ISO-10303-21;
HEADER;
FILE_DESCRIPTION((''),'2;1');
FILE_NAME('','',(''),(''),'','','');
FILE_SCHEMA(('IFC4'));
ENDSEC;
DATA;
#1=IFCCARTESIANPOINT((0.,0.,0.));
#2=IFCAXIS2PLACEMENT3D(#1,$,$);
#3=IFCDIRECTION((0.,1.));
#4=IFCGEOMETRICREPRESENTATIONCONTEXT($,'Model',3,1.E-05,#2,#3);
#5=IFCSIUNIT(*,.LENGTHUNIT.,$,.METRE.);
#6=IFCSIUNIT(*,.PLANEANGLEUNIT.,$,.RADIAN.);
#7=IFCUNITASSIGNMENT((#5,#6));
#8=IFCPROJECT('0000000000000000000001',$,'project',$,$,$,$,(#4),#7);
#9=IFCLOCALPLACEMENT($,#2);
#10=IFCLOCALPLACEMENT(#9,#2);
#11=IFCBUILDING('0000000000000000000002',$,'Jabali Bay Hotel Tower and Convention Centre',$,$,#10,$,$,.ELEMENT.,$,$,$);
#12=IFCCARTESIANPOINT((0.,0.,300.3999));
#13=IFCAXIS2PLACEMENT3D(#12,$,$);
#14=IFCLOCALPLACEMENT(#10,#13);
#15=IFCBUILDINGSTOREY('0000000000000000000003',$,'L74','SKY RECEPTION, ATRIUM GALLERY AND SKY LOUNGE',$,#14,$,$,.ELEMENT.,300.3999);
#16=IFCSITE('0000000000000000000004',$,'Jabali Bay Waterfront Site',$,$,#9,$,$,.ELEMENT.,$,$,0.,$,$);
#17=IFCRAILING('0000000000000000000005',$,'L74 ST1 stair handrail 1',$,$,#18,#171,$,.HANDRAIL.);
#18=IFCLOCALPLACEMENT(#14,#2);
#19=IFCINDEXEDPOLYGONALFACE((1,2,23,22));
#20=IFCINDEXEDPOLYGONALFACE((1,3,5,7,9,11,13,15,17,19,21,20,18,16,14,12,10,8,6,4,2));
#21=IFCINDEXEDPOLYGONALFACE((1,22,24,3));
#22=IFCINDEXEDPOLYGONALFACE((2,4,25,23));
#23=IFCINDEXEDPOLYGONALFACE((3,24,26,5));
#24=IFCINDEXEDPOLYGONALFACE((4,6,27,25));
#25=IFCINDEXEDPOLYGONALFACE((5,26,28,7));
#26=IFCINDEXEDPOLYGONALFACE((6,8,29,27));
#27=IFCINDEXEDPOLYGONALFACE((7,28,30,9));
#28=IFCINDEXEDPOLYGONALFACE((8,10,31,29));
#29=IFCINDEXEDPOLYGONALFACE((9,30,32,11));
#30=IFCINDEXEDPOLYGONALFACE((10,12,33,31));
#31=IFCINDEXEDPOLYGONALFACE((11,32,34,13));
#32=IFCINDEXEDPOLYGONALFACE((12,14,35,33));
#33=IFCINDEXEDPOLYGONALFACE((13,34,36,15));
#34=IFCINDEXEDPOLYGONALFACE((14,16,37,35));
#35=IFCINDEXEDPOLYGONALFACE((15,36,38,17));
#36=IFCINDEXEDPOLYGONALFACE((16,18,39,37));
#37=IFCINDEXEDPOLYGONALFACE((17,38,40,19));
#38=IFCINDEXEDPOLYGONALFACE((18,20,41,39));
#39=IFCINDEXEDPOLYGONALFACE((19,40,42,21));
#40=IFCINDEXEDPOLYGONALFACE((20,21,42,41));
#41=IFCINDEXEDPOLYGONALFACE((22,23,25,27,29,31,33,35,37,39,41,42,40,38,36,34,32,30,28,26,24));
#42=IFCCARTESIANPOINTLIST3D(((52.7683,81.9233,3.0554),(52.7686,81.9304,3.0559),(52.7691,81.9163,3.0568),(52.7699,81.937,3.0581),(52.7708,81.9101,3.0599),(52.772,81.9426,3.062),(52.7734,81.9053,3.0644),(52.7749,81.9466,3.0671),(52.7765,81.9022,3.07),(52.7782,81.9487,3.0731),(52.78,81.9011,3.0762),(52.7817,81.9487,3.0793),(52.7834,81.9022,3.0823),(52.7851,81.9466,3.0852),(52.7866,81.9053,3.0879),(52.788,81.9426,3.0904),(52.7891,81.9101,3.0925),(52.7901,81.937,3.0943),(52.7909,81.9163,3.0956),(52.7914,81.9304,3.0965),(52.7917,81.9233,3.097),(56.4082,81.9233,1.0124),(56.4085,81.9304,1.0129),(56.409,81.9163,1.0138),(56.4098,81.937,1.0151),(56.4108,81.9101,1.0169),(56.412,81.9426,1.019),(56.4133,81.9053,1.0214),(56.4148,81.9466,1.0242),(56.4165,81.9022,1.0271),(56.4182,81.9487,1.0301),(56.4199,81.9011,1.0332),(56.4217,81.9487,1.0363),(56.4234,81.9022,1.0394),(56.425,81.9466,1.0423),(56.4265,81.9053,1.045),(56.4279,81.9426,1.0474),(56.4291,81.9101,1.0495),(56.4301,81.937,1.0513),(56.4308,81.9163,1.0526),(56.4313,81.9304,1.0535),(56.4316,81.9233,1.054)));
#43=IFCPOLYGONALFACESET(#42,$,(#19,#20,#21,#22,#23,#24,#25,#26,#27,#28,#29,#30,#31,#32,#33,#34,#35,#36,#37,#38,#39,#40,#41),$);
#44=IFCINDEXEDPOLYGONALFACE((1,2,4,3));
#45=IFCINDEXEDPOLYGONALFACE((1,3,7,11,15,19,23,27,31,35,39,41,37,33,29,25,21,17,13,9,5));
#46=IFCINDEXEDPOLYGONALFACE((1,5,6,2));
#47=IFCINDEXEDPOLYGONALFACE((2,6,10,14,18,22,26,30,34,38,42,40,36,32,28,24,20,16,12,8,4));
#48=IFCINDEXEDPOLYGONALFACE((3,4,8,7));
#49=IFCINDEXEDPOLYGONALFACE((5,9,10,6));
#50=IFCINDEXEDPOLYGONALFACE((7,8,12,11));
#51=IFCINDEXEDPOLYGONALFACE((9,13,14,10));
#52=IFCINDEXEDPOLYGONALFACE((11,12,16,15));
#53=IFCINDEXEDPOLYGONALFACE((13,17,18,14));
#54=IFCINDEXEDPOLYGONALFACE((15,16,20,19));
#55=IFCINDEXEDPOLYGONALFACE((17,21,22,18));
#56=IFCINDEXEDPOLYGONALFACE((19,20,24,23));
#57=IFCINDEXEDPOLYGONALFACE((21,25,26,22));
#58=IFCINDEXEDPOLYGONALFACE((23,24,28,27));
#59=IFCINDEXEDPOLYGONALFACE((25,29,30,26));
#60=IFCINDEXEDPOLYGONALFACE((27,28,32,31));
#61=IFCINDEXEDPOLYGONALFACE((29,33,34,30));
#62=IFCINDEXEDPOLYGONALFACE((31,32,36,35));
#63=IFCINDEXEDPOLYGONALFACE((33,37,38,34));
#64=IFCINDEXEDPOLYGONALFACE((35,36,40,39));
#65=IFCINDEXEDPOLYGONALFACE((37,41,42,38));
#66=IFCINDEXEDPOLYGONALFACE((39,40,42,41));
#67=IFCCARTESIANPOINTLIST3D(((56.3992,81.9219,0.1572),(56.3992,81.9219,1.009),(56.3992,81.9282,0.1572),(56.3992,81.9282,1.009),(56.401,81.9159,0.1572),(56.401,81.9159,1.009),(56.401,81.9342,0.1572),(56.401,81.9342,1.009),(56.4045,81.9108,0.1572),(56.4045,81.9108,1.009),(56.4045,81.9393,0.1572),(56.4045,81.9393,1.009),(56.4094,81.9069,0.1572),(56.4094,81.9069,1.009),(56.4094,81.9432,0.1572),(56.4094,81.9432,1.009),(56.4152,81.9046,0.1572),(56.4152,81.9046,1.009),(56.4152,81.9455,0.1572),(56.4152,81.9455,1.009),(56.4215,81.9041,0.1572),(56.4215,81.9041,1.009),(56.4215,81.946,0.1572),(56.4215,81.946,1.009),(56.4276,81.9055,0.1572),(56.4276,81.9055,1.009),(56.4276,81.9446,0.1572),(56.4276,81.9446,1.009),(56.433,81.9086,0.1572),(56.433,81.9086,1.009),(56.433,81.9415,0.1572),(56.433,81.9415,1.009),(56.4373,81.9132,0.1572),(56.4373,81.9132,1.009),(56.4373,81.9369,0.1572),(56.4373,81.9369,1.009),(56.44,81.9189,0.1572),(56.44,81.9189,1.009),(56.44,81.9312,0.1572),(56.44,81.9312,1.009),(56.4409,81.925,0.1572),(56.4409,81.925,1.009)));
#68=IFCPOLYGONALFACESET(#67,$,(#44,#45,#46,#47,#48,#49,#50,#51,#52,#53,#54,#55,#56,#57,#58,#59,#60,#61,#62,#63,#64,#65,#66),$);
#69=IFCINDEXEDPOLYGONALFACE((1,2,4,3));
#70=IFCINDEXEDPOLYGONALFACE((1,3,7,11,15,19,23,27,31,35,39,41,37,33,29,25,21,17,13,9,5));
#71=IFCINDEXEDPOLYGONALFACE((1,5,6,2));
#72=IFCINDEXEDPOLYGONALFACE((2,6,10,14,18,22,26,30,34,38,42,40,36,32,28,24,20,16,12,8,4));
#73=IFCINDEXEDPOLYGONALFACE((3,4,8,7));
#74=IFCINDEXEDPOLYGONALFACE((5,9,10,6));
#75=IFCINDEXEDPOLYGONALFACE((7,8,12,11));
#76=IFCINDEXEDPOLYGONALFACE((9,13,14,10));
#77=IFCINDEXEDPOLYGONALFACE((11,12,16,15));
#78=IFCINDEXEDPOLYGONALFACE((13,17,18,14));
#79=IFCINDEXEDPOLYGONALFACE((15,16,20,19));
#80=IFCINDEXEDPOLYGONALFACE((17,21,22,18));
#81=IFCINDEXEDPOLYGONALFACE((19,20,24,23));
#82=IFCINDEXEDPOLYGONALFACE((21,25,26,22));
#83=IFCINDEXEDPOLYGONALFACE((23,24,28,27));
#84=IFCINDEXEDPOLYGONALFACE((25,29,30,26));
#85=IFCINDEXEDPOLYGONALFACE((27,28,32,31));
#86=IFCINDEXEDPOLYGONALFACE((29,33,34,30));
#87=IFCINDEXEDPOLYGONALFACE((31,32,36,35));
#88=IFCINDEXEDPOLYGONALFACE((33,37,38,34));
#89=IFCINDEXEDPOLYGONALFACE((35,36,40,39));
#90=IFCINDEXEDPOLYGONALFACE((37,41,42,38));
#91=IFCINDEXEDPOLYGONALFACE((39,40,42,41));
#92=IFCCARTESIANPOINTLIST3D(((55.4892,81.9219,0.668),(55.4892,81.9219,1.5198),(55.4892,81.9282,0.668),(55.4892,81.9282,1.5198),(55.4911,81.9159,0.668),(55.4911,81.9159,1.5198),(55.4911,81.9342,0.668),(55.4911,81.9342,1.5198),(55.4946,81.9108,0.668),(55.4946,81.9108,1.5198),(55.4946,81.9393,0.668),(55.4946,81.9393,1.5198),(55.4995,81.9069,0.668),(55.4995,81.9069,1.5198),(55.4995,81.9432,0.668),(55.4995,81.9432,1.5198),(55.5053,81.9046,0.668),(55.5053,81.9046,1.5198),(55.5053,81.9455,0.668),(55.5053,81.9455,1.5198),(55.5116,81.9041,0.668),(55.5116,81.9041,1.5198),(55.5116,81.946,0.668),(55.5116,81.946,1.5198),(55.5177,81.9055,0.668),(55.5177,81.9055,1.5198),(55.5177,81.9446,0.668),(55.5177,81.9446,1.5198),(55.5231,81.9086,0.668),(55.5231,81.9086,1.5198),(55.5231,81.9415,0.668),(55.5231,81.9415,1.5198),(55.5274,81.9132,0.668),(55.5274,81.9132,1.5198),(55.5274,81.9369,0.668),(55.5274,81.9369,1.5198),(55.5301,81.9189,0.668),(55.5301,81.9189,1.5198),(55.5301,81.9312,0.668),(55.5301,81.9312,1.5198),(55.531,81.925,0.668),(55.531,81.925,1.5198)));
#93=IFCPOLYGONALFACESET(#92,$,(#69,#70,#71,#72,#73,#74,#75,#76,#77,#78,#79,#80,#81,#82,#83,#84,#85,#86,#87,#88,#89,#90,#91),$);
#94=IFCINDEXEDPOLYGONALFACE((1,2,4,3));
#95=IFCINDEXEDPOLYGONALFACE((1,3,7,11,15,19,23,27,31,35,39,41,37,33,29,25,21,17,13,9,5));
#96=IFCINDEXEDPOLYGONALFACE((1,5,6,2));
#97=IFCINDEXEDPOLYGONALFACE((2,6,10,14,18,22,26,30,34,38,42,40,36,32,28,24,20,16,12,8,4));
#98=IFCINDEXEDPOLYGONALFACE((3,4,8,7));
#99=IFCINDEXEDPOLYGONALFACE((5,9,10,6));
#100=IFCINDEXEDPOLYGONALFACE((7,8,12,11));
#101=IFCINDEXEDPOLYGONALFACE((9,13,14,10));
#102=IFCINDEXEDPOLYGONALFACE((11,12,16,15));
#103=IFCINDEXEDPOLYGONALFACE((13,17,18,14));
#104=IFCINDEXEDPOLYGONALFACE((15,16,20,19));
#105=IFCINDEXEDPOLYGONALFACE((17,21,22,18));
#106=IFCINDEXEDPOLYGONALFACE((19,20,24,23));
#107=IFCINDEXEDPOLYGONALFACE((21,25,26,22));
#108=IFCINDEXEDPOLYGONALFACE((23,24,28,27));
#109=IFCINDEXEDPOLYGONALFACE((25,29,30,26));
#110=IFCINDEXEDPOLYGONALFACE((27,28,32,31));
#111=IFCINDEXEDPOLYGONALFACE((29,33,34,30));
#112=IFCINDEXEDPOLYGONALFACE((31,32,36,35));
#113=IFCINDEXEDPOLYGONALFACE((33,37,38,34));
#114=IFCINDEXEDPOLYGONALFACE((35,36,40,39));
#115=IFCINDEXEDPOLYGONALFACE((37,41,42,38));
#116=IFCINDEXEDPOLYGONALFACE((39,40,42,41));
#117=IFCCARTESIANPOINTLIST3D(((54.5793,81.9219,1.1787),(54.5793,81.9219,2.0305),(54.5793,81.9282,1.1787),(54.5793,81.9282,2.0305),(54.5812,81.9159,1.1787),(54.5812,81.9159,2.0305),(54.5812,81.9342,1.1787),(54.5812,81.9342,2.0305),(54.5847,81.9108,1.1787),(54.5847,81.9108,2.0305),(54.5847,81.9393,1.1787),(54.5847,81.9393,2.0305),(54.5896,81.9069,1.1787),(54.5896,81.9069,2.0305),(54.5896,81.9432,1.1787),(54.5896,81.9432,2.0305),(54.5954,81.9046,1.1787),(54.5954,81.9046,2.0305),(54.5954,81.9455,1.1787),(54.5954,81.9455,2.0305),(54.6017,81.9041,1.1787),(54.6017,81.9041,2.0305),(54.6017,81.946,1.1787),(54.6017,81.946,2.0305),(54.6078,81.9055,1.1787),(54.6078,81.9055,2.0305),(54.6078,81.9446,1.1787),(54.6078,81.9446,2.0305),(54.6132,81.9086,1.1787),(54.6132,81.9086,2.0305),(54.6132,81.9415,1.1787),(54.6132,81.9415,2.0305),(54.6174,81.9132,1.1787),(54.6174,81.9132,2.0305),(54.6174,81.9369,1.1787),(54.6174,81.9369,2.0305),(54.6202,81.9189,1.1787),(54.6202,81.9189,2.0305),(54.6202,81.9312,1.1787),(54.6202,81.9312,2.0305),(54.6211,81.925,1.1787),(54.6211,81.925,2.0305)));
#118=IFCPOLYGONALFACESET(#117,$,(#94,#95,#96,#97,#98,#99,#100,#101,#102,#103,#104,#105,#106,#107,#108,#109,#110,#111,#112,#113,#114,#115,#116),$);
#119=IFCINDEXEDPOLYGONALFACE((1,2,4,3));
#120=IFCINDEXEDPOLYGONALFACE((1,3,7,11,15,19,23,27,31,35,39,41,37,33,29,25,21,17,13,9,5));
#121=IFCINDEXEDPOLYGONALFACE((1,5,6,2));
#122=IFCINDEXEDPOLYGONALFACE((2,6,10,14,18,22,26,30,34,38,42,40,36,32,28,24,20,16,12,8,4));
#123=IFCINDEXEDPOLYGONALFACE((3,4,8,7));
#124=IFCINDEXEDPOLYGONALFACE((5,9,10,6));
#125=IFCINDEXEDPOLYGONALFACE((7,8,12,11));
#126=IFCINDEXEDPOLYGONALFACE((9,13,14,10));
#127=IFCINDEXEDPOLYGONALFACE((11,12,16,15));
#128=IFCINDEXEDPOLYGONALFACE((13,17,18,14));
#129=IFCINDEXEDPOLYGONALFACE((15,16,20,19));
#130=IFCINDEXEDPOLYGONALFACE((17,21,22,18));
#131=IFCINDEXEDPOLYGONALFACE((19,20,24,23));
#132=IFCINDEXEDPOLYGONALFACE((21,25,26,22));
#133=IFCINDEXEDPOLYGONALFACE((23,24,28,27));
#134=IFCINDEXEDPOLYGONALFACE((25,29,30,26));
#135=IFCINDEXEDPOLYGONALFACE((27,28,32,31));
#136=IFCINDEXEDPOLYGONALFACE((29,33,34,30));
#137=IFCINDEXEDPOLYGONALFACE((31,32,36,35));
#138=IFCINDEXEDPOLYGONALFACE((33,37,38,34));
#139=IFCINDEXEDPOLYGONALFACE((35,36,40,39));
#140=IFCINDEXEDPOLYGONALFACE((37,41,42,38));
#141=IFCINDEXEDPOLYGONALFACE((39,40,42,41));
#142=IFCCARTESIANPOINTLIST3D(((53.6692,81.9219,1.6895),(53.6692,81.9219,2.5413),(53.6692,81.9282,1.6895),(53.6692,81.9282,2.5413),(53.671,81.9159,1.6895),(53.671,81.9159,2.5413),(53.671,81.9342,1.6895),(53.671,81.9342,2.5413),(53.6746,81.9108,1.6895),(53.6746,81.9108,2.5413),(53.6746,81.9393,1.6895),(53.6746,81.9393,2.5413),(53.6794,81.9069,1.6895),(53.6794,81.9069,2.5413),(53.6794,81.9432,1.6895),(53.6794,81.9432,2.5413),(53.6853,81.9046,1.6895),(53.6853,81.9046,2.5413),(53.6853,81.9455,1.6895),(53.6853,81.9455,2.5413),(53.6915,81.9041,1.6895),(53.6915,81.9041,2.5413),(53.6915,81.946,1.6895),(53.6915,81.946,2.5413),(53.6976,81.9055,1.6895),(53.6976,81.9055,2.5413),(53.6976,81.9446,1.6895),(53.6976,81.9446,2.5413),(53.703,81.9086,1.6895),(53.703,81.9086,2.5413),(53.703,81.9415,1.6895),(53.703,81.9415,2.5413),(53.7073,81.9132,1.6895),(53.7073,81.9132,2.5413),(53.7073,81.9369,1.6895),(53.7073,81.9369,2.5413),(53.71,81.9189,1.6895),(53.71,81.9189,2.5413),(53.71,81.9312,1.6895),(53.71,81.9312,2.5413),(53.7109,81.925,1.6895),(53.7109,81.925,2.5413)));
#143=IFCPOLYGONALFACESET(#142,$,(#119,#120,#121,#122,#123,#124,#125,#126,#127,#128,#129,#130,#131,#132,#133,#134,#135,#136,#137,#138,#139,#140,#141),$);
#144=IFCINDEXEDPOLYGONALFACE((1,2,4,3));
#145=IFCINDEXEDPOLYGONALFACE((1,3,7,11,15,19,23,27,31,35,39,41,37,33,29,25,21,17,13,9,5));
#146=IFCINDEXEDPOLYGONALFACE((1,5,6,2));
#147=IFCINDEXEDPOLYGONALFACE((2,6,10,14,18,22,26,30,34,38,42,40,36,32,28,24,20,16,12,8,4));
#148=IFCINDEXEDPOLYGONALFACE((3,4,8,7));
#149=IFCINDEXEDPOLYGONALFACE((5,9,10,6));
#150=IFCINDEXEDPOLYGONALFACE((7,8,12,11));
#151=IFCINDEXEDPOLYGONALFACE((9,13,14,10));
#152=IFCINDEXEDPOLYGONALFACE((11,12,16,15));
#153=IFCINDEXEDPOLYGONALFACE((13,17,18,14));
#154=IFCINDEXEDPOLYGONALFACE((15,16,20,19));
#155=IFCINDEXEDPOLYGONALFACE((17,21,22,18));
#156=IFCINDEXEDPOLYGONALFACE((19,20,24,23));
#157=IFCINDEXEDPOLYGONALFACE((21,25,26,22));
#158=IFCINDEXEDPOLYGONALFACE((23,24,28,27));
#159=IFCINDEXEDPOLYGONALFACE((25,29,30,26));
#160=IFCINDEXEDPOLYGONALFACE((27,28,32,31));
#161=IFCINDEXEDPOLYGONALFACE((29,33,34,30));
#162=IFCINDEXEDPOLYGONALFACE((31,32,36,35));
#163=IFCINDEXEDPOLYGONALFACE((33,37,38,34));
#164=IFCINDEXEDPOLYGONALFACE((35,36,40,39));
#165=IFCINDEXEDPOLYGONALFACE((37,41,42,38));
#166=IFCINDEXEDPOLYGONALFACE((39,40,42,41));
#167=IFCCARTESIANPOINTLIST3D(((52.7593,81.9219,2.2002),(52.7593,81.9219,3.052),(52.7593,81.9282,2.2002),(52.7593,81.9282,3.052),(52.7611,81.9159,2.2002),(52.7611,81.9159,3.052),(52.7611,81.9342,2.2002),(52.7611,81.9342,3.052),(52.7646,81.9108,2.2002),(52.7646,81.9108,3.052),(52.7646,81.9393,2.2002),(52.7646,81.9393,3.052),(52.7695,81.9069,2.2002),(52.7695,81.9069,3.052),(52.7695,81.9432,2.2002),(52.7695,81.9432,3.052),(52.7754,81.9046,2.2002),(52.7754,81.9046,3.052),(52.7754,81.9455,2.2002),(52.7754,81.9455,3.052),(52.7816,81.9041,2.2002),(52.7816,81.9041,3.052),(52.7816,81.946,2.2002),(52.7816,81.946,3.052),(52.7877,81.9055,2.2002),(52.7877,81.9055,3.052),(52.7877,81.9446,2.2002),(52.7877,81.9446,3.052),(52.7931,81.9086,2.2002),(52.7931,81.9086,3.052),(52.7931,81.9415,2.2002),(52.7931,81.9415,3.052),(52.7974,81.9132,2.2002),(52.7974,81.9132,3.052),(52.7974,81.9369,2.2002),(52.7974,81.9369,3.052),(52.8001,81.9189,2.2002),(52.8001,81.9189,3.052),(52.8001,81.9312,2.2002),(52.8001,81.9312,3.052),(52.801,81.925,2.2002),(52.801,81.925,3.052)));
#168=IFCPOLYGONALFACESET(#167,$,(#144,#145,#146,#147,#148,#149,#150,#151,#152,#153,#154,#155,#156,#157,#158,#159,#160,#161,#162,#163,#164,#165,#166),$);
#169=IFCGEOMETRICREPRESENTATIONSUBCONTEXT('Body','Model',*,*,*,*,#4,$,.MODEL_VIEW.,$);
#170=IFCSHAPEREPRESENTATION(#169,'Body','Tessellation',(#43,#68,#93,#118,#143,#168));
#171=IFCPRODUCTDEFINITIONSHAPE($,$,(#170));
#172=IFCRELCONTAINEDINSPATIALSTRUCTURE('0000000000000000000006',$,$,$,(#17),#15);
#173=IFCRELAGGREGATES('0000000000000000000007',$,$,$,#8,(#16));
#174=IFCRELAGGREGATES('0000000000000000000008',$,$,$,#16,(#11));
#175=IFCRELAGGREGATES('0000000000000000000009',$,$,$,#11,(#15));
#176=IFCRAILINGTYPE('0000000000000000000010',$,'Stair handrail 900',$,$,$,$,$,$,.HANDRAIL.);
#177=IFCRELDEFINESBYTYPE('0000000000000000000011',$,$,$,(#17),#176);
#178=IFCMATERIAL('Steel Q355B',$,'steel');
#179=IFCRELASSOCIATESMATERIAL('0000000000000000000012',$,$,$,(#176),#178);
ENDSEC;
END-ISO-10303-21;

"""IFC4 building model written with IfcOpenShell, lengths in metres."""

from ifc_helpers import new_model, si_unit, direction, frame, origin, origin_2d, place, context, subcontext, project, spatial, circle, extrude, material, type_object, element, save


model = new_model("IFC4")

# Units and contexts
model_context = context("Model", 3, precision=1e-05, world=origin(), true_north=direction((0.0, 1.0)))
body_context = subcontext(model_context, "Body", "Model", "MODEL_VIEW")
ifc_project = project(units=[si_unit("LENGTHUNIT", "METRE"), si_unit("PLANEANGLEUNIT", "RADIAN")], contexts=[model_context])

# Site, building, storey
site_placement = place(None, origin())
site = spatial("IfcSite", under=ifc_project, at=site_placement, Name="Jabali Bay Waterfront Site", CompositionType="ELEMENT", RefElevation=0.0)
building_placement = place(site_placement, origin())
building = spatial("IfcBuilding", under=site, at=building_placement, Name="Jabali Bay Hotel Tower and Convention Centre", CompositionType="ELEMENT")
storey_placement = place(building_placement, frame((0.0, 0.0, 300.3999)))
storey = spatial("IfcBuildingStorey", under=building, at=storey_placement, Name="L74", Description="SKY RECEPTION, ATRIUM GALLERY AND SKY LOUNGE", CompositionType="ELEMENT", Elevation=300.3999)

# Railing
ifc_material_1 = material(Name="Steel Q355B", Category="steel")
railing_type_1 = type_object("IfcRailingType", Name="Stair handrail 900", PredefinedType="HANDRAIL", material=ifc_material_1)
railing_1_placement = place(storey_placement, frame((56.4199, 81.925, 0.1572)))
element("IfcRailing", 1, at=railing_1_placement, inside=storey, type_object=railing_type_1, Name="L74 ST1 stair handrail 1", PredefinedType="HANDRAIL", context=body_context, shape_type="SweptSolid", body=[
    extrude(circle(Radius=0.0239, at=origin_2d()), frame((0.0, 0.0, 0.876), z_axis=(-0.872033, 0.0, 0.489447), x_axis=(0.0, -1.0, 0.0)), (0.0, 0.0, 1.0), 4.1741),
    extrude(circle(Radius=0.021, at=origin_2d()), origin(), (0.0, 0.0, 1.0), 0.8518),
    extrude(circle(Radius=0.021, at=origin_2d()), frame((-0.9099, 0.0, 0.5107)), (0.0, 0.0, 1.0), 0.8518),
    extrude(circle(Radius=0.021, at=origin_2d()), frame((-1.8198, 0.0, 1.0215)), (0.0, 0.0, 1.0), 0.8518),
    extrude(circle(Radius=0.021, at=origin_2d()), frame((-2.73, 0.0, 1.5322)), (0.0, 0.0, 1.0), 0.8518),
    extrude(circle(Radius=0.021, at=origin_2d()), frame((-3.6399, 0.0, 2.043)), (0.0, 0.0, 1.0), 0.8518),
])

save(model, "model.ifc")
